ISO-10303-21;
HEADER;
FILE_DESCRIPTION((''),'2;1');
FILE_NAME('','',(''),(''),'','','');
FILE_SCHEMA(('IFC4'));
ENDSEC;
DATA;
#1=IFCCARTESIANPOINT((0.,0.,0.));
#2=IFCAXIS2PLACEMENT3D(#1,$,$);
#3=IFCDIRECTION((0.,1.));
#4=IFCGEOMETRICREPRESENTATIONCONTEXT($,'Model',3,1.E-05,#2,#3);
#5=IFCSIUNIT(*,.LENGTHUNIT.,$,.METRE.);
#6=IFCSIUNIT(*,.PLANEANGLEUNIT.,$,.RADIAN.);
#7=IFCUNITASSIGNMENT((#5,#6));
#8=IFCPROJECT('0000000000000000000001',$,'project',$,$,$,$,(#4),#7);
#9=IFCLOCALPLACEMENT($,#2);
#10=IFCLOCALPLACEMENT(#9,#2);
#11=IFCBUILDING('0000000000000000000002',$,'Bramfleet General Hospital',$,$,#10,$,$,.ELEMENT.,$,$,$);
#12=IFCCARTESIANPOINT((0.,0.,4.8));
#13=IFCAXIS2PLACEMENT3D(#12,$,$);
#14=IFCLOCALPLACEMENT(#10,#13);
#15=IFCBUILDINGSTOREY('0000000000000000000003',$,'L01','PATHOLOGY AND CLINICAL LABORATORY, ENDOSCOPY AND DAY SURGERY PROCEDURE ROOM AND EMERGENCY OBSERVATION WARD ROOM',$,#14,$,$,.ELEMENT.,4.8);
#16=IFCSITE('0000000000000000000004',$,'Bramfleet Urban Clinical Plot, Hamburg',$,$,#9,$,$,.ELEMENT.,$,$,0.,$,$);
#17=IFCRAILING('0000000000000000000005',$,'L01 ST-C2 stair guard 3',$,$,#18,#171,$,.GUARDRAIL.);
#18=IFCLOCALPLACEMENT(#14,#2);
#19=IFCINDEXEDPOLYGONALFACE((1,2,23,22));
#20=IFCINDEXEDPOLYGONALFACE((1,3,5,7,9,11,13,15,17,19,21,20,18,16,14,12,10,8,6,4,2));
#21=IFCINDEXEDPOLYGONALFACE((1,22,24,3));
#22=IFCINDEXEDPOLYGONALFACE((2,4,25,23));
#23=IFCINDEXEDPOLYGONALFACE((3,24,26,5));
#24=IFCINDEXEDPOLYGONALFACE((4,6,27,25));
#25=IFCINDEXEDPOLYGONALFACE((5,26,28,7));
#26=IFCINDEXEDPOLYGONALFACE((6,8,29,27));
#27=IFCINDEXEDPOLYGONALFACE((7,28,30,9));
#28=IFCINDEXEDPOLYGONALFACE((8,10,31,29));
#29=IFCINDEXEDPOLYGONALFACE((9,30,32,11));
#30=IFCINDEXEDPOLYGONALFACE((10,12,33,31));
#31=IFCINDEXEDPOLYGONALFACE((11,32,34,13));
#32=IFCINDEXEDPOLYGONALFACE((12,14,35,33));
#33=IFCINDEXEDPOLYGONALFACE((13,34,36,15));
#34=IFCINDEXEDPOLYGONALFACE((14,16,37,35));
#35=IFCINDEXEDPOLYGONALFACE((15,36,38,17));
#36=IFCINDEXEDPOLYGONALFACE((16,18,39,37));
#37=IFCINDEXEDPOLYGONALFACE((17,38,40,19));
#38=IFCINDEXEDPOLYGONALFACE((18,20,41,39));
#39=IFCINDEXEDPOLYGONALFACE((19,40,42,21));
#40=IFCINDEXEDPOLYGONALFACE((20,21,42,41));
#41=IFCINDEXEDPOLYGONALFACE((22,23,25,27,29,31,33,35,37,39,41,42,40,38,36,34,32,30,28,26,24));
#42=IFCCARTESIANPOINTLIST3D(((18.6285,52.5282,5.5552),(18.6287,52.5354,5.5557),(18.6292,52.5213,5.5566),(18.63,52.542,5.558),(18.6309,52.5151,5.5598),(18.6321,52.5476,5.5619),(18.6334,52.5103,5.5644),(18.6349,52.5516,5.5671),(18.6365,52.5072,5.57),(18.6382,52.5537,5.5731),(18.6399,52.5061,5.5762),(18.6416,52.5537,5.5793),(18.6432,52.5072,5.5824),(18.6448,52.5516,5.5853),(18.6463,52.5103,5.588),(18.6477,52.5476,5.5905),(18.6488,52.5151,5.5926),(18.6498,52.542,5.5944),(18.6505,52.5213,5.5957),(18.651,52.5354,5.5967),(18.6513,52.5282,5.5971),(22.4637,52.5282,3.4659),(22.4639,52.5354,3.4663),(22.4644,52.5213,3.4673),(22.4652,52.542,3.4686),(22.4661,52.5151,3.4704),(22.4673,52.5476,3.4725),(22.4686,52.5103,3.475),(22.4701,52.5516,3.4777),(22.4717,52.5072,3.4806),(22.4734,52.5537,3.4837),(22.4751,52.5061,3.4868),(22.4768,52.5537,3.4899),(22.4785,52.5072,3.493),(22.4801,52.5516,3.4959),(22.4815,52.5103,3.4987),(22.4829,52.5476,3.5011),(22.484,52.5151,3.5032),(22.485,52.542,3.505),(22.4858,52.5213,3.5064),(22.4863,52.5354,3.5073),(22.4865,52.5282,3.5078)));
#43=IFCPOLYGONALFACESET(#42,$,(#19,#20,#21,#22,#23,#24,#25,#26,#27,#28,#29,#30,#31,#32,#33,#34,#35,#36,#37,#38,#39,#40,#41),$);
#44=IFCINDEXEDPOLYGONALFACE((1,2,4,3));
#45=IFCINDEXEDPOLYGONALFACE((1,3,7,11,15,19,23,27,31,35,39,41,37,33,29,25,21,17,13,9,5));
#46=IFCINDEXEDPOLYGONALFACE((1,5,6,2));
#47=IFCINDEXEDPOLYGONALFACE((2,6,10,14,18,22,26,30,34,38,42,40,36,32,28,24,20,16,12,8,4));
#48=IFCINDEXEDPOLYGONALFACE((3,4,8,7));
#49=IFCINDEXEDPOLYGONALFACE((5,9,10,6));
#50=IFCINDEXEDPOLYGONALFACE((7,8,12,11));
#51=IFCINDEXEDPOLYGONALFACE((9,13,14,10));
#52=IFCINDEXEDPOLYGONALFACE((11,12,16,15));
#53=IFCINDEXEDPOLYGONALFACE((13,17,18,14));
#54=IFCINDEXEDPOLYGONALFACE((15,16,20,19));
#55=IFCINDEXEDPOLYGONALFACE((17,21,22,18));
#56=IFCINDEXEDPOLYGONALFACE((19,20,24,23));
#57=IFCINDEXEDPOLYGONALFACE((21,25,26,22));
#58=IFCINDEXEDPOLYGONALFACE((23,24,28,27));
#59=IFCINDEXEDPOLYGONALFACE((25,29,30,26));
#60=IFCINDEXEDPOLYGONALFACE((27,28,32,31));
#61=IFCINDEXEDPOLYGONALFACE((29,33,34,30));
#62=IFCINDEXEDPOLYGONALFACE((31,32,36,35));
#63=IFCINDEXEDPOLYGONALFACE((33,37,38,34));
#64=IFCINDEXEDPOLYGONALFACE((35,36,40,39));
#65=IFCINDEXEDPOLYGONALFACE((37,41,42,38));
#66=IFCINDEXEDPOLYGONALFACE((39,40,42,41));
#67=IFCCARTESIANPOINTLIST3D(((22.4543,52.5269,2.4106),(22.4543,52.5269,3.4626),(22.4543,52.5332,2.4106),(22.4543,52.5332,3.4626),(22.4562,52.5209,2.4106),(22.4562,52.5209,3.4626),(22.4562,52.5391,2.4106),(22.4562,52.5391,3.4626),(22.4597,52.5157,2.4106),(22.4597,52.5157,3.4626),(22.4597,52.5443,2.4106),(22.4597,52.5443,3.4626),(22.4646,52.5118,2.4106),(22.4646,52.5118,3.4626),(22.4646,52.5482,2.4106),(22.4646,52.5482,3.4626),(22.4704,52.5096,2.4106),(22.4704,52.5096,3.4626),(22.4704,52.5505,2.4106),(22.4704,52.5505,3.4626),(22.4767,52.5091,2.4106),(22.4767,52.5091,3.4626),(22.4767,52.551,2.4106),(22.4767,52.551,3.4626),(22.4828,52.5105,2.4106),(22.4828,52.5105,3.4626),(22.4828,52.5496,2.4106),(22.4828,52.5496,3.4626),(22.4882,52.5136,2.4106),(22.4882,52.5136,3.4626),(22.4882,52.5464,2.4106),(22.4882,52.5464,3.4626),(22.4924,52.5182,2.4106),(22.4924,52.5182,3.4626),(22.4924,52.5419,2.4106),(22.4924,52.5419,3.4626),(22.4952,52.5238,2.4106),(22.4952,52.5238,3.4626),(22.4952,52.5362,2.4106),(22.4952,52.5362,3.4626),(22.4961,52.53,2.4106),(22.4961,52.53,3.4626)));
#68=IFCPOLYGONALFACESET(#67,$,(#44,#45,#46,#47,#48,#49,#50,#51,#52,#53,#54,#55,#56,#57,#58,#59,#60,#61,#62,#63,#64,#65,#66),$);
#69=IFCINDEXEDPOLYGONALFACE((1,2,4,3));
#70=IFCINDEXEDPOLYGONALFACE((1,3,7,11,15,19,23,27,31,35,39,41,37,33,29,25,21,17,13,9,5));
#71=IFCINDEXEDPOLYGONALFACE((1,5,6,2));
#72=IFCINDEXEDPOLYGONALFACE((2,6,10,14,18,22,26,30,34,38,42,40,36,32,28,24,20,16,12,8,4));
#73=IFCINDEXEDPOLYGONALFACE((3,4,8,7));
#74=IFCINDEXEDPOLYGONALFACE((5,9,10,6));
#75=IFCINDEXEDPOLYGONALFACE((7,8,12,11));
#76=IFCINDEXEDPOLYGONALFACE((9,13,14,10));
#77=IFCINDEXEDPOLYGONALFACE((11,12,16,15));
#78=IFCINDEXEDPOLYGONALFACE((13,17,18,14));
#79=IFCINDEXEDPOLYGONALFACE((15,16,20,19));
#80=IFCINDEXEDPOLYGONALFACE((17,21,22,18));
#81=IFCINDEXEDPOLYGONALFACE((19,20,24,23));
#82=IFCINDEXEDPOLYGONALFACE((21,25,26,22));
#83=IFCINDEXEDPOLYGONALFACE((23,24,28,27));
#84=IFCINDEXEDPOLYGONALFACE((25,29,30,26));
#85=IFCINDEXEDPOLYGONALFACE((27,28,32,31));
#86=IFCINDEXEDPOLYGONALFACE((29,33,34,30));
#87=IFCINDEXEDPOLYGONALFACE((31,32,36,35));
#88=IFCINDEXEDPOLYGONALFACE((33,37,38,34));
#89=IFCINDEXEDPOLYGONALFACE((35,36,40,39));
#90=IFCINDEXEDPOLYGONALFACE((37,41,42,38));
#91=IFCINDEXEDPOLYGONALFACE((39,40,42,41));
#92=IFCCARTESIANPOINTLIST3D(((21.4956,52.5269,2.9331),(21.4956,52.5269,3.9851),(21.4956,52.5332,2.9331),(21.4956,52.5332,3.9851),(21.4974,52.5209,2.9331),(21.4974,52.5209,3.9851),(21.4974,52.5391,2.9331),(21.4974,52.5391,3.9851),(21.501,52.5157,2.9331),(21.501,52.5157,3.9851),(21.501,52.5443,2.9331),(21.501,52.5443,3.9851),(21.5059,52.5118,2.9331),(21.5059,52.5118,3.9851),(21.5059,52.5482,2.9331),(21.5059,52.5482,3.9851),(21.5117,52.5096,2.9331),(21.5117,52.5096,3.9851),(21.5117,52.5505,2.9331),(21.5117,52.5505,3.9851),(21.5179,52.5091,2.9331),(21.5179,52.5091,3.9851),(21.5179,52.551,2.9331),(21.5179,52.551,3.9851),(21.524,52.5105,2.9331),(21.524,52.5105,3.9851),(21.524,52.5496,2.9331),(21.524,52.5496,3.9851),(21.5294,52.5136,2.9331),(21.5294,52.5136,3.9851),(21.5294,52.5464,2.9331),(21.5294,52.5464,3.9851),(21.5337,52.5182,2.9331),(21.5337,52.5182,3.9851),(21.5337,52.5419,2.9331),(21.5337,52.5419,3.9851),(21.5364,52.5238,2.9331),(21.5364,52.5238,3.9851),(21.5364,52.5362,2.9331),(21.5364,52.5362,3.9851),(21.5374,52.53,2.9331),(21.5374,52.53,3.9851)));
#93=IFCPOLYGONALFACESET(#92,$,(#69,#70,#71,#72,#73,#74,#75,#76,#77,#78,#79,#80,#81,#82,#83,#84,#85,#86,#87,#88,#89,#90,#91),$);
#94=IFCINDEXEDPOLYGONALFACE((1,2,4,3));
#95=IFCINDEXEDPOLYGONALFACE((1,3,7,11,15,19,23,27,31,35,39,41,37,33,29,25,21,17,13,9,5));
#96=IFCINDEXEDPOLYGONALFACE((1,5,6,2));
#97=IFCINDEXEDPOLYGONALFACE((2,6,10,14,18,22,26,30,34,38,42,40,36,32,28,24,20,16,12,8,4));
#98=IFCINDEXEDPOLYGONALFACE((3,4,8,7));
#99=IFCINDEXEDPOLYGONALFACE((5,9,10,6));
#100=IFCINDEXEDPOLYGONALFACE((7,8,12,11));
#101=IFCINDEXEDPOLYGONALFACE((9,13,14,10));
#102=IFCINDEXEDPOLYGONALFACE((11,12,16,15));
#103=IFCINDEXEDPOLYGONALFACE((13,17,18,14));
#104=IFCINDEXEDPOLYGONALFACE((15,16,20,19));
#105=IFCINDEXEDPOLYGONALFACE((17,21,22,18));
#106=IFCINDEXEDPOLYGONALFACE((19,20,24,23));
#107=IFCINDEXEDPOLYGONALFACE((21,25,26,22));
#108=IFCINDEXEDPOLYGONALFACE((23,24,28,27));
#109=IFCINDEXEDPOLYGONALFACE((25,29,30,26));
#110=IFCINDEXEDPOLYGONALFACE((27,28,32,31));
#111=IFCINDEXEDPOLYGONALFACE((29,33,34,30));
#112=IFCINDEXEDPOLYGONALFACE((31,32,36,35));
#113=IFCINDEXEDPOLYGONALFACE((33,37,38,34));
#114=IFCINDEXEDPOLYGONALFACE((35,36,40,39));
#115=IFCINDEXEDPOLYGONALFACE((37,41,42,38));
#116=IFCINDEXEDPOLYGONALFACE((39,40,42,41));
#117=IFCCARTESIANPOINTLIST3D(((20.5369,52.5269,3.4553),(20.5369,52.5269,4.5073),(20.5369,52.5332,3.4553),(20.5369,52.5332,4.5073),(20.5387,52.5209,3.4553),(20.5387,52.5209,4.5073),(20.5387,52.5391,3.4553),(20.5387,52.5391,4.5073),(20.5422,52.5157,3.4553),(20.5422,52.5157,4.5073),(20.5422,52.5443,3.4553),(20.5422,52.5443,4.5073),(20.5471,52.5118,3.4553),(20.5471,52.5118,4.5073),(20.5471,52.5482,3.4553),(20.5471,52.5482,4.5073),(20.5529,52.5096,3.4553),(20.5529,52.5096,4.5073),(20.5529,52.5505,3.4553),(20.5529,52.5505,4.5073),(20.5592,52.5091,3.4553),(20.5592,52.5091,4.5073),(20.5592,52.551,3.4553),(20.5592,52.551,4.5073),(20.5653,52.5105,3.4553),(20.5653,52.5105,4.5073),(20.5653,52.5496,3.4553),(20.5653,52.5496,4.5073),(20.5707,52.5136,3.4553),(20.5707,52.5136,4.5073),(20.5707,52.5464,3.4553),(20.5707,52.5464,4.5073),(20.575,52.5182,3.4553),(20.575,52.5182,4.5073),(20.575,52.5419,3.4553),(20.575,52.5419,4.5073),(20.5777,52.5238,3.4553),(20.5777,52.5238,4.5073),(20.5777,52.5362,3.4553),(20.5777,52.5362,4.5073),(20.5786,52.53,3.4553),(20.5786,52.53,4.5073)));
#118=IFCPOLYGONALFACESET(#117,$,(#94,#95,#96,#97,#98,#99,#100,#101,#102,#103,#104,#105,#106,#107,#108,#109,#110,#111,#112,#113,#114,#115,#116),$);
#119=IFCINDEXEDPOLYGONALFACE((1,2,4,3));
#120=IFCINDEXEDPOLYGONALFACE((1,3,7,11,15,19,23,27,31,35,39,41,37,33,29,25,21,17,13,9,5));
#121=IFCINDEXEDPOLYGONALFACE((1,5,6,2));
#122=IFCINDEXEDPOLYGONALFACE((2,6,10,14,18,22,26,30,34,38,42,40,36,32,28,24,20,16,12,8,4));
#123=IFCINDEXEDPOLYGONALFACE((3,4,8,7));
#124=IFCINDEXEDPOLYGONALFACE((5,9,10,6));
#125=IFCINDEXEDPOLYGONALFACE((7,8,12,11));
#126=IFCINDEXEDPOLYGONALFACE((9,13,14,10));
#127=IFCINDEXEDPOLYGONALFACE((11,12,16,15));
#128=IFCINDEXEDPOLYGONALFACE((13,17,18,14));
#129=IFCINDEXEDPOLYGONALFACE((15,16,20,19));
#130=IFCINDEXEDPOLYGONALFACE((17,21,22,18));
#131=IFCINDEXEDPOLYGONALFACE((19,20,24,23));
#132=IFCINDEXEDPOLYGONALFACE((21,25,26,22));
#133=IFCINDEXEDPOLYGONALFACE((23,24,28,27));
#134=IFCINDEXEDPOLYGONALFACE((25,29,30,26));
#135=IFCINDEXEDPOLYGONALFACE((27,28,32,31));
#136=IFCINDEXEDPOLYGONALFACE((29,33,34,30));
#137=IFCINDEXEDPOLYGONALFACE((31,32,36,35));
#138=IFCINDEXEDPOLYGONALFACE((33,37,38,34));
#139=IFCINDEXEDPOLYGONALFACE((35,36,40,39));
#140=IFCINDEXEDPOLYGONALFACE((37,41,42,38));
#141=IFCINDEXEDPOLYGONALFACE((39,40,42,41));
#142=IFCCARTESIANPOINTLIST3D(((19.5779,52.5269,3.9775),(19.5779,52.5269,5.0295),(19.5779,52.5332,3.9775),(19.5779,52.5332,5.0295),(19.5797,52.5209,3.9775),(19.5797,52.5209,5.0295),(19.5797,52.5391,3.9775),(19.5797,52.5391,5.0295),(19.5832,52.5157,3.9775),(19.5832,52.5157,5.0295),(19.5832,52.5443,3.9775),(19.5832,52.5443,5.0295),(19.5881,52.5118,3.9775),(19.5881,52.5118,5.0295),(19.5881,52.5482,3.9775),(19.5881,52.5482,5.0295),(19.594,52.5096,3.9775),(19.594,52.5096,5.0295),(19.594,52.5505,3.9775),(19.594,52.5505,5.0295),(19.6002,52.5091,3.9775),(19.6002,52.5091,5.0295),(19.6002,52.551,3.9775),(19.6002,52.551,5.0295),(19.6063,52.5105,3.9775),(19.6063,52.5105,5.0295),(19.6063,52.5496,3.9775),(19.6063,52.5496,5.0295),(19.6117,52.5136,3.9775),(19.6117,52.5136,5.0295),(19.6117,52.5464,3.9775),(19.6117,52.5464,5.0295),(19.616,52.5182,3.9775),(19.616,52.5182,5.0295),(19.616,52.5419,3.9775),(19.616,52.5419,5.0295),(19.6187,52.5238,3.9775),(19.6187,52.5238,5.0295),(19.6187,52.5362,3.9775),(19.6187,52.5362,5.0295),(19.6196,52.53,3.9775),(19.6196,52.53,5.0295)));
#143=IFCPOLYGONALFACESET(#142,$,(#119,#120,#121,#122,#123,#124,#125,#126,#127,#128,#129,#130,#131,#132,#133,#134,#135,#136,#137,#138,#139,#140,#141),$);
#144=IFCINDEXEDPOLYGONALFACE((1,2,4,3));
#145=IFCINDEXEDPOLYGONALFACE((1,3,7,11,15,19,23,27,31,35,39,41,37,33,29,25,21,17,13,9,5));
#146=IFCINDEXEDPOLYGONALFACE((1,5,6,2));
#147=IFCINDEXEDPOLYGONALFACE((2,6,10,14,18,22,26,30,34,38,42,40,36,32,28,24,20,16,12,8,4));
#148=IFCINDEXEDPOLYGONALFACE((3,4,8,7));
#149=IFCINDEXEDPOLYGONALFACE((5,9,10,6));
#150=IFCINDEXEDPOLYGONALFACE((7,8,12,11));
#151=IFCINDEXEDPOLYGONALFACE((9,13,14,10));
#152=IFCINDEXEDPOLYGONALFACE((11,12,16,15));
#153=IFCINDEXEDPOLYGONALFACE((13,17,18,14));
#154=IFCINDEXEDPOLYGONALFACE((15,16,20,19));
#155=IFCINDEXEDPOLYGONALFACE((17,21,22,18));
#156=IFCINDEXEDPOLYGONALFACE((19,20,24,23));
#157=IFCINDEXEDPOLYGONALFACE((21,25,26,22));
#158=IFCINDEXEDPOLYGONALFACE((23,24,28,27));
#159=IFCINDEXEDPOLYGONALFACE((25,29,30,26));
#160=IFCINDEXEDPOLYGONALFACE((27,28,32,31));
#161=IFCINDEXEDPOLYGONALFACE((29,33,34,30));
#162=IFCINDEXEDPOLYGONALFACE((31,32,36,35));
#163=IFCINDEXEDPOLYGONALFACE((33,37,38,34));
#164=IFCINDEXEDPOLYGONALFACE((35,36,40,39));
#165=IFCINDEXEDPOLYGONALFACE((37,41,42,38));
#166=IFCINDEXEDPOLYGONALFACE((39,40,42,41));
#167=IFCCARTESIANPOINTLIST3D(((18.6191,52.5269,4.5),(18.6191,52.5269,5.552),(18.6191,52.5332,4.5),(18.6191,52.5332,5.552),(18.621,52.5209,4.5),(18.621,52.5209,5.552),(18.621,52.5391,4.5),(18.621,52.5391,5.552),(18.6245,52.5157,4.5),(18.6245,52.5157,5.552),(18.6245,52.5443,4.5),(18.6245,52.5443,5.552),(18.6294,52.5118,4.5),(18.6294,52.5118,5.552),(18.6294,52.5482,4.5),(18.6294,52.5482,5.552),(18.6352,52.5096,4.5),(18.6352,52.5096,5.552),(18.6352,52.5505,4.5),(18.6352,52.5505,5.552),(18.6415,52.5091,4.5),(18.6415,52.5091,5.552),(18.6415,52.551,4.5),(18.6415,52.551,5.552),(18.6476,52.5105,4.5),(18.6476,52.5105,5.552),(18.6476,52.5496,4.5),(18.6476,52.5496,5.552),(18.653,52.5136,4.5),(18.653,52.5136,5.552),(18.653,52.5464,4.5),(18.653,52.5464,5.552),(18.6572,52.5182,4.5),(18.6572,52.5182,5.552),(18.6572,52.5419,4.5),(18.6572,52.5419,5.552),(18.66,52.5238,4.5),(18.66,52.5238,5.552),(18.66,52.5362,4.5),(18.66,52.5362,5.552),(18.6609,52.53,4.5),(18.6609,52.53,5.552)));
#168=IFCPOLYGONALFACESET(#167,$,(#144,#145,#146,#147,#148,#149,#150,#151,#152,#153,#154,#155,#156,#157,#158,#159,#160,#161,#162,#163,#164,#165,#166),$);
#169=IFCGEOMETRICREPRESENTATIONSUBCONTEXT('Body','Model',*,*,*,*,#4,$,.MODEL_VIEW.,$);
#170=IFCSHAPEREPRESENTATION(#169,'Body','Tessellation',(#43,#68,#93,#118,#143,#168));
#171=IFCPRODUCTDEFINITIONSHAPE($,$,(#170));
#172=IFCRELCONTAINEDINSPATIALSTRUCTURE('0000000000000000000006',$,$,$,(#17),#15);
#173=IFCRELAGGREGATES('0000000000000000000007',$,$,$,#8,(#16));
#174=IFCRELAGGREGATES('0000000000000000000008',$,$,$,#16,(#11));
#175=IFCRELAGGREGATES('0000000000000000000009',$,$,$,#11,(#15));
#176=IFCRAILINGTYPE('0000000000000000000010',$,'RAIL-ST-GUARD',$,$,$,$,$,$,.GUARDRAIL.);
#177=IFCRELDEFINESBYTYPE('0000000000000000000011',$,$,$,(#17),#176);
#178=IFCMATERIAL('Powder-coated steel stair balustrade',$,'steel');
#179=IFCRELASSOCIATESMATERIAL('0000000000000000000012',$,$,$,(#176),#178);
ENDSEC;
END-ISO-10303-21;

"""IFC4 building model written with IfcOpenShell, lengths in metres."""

from ifc_helpers import new_model, si_unit, direction, frame, origin, origin_2d, place, context, subcontext, project, spatial, circle, extrude, material, type_object, element, save


model = new_model("IFC4")

# Units and contexts
model_context = context("Model", 3, precision=1e-05, world=origin(), true_north=direction((0.0, 1.0)))
body_context = subcontext(model_context, "Body", "Model", "MODEL_VIEW")
ifc_project = project(units=[si_unit("LENGTHUNIT", "METRE"), si_unit("PLANEANGLEUNIT", "RADIAN")], contexts=[model_context])

# Site, building, storey
site_placement = place(None, origin())
site = spatial("IfcSite", under=ifc_project, at=site_placement, Name="Bramfleet Urban Clinical Plot, Hamburg", CompositionType="ELEMENT", RefElevation=0.0)
building_placement = place(site_placement, origin())
building = spatial("IfcBuilding", under=site, at=building_placement, Name="Bramfleet General Hospital", CompositionType="ELEMENT")
storey_placement = place(building_placement, frame((0.0, 0.0, 4.8)))
storey = spatial("IfcBuildingStorey", under=building, at=storey_placement, Name="L01", Description="PATHOLOGY AND CLINICAL LABORATORY, ENDOSCOPY AND DAY SURGERY PROCEDURE ROOM AND EMERGENCY OBSERVATION WARD ROOM", CompositionType="ELEMENT", Elevation=4.8)

# Railing
ifc_material_1 = material(Name="Powder-coated steel stair balustrade", Category="steel")
railing_type_1 = type_object("IfcRailingType", Name="RAIL-ST-GUARD", PredefinedType="GUARDRAIL", material=ifc_material_1)
railing_1_placement = place(storey_placement, frame((22.4751, 52.53, 2.4106)))
element("IfcRailing", 1, at=railing_1_placement, inside=storey, type_object=railing_type_1, Name="L01 ST-C2 stair guard 3", PredefinedType="GUARDRAIL", context=body_context, shape_type="SweptSolid", body=[
    extrude(circle(Radius=0.0239, at=origin_2d()), frame((0.0, 0.0, 1.0762), z_axis=(-0.878143, 0.0, 0.478398), x_axis=(0.0, -1.0, 0.0)), (0.0, 0.0, 1.0), 4.3674),
    extrude(circle(Radius=0.021, at=origin_2d()), origin(), (0.0, 0.0, 1.0), 1.052),
    extrude(circle(Radius=0.021, at=origin_2d()), frame((-0.9587, 0.0, 0.5225)), (0.0, 0.0, 1.0), 1.052),
    extrude(circle(Radius=0.021, at=origin_2d()), frame((-1.9175, 0.0, 1.0447)), (0.0, 0.0, 1.0), 1.052),
    extrude(circle(Radius=0.021, at=origin_2d()), frame((-2.8765, 0.0, 1.5669)), (0.0, 0.0, 1.0), 1.052),
    extrude(circle(Radius=0.021, at=origin_2d()), frame((-3.8352, 0.0, 2.0894)), (0.0, 0.0, 1.0), 1.052),
])

save(model, "model.ifc")
